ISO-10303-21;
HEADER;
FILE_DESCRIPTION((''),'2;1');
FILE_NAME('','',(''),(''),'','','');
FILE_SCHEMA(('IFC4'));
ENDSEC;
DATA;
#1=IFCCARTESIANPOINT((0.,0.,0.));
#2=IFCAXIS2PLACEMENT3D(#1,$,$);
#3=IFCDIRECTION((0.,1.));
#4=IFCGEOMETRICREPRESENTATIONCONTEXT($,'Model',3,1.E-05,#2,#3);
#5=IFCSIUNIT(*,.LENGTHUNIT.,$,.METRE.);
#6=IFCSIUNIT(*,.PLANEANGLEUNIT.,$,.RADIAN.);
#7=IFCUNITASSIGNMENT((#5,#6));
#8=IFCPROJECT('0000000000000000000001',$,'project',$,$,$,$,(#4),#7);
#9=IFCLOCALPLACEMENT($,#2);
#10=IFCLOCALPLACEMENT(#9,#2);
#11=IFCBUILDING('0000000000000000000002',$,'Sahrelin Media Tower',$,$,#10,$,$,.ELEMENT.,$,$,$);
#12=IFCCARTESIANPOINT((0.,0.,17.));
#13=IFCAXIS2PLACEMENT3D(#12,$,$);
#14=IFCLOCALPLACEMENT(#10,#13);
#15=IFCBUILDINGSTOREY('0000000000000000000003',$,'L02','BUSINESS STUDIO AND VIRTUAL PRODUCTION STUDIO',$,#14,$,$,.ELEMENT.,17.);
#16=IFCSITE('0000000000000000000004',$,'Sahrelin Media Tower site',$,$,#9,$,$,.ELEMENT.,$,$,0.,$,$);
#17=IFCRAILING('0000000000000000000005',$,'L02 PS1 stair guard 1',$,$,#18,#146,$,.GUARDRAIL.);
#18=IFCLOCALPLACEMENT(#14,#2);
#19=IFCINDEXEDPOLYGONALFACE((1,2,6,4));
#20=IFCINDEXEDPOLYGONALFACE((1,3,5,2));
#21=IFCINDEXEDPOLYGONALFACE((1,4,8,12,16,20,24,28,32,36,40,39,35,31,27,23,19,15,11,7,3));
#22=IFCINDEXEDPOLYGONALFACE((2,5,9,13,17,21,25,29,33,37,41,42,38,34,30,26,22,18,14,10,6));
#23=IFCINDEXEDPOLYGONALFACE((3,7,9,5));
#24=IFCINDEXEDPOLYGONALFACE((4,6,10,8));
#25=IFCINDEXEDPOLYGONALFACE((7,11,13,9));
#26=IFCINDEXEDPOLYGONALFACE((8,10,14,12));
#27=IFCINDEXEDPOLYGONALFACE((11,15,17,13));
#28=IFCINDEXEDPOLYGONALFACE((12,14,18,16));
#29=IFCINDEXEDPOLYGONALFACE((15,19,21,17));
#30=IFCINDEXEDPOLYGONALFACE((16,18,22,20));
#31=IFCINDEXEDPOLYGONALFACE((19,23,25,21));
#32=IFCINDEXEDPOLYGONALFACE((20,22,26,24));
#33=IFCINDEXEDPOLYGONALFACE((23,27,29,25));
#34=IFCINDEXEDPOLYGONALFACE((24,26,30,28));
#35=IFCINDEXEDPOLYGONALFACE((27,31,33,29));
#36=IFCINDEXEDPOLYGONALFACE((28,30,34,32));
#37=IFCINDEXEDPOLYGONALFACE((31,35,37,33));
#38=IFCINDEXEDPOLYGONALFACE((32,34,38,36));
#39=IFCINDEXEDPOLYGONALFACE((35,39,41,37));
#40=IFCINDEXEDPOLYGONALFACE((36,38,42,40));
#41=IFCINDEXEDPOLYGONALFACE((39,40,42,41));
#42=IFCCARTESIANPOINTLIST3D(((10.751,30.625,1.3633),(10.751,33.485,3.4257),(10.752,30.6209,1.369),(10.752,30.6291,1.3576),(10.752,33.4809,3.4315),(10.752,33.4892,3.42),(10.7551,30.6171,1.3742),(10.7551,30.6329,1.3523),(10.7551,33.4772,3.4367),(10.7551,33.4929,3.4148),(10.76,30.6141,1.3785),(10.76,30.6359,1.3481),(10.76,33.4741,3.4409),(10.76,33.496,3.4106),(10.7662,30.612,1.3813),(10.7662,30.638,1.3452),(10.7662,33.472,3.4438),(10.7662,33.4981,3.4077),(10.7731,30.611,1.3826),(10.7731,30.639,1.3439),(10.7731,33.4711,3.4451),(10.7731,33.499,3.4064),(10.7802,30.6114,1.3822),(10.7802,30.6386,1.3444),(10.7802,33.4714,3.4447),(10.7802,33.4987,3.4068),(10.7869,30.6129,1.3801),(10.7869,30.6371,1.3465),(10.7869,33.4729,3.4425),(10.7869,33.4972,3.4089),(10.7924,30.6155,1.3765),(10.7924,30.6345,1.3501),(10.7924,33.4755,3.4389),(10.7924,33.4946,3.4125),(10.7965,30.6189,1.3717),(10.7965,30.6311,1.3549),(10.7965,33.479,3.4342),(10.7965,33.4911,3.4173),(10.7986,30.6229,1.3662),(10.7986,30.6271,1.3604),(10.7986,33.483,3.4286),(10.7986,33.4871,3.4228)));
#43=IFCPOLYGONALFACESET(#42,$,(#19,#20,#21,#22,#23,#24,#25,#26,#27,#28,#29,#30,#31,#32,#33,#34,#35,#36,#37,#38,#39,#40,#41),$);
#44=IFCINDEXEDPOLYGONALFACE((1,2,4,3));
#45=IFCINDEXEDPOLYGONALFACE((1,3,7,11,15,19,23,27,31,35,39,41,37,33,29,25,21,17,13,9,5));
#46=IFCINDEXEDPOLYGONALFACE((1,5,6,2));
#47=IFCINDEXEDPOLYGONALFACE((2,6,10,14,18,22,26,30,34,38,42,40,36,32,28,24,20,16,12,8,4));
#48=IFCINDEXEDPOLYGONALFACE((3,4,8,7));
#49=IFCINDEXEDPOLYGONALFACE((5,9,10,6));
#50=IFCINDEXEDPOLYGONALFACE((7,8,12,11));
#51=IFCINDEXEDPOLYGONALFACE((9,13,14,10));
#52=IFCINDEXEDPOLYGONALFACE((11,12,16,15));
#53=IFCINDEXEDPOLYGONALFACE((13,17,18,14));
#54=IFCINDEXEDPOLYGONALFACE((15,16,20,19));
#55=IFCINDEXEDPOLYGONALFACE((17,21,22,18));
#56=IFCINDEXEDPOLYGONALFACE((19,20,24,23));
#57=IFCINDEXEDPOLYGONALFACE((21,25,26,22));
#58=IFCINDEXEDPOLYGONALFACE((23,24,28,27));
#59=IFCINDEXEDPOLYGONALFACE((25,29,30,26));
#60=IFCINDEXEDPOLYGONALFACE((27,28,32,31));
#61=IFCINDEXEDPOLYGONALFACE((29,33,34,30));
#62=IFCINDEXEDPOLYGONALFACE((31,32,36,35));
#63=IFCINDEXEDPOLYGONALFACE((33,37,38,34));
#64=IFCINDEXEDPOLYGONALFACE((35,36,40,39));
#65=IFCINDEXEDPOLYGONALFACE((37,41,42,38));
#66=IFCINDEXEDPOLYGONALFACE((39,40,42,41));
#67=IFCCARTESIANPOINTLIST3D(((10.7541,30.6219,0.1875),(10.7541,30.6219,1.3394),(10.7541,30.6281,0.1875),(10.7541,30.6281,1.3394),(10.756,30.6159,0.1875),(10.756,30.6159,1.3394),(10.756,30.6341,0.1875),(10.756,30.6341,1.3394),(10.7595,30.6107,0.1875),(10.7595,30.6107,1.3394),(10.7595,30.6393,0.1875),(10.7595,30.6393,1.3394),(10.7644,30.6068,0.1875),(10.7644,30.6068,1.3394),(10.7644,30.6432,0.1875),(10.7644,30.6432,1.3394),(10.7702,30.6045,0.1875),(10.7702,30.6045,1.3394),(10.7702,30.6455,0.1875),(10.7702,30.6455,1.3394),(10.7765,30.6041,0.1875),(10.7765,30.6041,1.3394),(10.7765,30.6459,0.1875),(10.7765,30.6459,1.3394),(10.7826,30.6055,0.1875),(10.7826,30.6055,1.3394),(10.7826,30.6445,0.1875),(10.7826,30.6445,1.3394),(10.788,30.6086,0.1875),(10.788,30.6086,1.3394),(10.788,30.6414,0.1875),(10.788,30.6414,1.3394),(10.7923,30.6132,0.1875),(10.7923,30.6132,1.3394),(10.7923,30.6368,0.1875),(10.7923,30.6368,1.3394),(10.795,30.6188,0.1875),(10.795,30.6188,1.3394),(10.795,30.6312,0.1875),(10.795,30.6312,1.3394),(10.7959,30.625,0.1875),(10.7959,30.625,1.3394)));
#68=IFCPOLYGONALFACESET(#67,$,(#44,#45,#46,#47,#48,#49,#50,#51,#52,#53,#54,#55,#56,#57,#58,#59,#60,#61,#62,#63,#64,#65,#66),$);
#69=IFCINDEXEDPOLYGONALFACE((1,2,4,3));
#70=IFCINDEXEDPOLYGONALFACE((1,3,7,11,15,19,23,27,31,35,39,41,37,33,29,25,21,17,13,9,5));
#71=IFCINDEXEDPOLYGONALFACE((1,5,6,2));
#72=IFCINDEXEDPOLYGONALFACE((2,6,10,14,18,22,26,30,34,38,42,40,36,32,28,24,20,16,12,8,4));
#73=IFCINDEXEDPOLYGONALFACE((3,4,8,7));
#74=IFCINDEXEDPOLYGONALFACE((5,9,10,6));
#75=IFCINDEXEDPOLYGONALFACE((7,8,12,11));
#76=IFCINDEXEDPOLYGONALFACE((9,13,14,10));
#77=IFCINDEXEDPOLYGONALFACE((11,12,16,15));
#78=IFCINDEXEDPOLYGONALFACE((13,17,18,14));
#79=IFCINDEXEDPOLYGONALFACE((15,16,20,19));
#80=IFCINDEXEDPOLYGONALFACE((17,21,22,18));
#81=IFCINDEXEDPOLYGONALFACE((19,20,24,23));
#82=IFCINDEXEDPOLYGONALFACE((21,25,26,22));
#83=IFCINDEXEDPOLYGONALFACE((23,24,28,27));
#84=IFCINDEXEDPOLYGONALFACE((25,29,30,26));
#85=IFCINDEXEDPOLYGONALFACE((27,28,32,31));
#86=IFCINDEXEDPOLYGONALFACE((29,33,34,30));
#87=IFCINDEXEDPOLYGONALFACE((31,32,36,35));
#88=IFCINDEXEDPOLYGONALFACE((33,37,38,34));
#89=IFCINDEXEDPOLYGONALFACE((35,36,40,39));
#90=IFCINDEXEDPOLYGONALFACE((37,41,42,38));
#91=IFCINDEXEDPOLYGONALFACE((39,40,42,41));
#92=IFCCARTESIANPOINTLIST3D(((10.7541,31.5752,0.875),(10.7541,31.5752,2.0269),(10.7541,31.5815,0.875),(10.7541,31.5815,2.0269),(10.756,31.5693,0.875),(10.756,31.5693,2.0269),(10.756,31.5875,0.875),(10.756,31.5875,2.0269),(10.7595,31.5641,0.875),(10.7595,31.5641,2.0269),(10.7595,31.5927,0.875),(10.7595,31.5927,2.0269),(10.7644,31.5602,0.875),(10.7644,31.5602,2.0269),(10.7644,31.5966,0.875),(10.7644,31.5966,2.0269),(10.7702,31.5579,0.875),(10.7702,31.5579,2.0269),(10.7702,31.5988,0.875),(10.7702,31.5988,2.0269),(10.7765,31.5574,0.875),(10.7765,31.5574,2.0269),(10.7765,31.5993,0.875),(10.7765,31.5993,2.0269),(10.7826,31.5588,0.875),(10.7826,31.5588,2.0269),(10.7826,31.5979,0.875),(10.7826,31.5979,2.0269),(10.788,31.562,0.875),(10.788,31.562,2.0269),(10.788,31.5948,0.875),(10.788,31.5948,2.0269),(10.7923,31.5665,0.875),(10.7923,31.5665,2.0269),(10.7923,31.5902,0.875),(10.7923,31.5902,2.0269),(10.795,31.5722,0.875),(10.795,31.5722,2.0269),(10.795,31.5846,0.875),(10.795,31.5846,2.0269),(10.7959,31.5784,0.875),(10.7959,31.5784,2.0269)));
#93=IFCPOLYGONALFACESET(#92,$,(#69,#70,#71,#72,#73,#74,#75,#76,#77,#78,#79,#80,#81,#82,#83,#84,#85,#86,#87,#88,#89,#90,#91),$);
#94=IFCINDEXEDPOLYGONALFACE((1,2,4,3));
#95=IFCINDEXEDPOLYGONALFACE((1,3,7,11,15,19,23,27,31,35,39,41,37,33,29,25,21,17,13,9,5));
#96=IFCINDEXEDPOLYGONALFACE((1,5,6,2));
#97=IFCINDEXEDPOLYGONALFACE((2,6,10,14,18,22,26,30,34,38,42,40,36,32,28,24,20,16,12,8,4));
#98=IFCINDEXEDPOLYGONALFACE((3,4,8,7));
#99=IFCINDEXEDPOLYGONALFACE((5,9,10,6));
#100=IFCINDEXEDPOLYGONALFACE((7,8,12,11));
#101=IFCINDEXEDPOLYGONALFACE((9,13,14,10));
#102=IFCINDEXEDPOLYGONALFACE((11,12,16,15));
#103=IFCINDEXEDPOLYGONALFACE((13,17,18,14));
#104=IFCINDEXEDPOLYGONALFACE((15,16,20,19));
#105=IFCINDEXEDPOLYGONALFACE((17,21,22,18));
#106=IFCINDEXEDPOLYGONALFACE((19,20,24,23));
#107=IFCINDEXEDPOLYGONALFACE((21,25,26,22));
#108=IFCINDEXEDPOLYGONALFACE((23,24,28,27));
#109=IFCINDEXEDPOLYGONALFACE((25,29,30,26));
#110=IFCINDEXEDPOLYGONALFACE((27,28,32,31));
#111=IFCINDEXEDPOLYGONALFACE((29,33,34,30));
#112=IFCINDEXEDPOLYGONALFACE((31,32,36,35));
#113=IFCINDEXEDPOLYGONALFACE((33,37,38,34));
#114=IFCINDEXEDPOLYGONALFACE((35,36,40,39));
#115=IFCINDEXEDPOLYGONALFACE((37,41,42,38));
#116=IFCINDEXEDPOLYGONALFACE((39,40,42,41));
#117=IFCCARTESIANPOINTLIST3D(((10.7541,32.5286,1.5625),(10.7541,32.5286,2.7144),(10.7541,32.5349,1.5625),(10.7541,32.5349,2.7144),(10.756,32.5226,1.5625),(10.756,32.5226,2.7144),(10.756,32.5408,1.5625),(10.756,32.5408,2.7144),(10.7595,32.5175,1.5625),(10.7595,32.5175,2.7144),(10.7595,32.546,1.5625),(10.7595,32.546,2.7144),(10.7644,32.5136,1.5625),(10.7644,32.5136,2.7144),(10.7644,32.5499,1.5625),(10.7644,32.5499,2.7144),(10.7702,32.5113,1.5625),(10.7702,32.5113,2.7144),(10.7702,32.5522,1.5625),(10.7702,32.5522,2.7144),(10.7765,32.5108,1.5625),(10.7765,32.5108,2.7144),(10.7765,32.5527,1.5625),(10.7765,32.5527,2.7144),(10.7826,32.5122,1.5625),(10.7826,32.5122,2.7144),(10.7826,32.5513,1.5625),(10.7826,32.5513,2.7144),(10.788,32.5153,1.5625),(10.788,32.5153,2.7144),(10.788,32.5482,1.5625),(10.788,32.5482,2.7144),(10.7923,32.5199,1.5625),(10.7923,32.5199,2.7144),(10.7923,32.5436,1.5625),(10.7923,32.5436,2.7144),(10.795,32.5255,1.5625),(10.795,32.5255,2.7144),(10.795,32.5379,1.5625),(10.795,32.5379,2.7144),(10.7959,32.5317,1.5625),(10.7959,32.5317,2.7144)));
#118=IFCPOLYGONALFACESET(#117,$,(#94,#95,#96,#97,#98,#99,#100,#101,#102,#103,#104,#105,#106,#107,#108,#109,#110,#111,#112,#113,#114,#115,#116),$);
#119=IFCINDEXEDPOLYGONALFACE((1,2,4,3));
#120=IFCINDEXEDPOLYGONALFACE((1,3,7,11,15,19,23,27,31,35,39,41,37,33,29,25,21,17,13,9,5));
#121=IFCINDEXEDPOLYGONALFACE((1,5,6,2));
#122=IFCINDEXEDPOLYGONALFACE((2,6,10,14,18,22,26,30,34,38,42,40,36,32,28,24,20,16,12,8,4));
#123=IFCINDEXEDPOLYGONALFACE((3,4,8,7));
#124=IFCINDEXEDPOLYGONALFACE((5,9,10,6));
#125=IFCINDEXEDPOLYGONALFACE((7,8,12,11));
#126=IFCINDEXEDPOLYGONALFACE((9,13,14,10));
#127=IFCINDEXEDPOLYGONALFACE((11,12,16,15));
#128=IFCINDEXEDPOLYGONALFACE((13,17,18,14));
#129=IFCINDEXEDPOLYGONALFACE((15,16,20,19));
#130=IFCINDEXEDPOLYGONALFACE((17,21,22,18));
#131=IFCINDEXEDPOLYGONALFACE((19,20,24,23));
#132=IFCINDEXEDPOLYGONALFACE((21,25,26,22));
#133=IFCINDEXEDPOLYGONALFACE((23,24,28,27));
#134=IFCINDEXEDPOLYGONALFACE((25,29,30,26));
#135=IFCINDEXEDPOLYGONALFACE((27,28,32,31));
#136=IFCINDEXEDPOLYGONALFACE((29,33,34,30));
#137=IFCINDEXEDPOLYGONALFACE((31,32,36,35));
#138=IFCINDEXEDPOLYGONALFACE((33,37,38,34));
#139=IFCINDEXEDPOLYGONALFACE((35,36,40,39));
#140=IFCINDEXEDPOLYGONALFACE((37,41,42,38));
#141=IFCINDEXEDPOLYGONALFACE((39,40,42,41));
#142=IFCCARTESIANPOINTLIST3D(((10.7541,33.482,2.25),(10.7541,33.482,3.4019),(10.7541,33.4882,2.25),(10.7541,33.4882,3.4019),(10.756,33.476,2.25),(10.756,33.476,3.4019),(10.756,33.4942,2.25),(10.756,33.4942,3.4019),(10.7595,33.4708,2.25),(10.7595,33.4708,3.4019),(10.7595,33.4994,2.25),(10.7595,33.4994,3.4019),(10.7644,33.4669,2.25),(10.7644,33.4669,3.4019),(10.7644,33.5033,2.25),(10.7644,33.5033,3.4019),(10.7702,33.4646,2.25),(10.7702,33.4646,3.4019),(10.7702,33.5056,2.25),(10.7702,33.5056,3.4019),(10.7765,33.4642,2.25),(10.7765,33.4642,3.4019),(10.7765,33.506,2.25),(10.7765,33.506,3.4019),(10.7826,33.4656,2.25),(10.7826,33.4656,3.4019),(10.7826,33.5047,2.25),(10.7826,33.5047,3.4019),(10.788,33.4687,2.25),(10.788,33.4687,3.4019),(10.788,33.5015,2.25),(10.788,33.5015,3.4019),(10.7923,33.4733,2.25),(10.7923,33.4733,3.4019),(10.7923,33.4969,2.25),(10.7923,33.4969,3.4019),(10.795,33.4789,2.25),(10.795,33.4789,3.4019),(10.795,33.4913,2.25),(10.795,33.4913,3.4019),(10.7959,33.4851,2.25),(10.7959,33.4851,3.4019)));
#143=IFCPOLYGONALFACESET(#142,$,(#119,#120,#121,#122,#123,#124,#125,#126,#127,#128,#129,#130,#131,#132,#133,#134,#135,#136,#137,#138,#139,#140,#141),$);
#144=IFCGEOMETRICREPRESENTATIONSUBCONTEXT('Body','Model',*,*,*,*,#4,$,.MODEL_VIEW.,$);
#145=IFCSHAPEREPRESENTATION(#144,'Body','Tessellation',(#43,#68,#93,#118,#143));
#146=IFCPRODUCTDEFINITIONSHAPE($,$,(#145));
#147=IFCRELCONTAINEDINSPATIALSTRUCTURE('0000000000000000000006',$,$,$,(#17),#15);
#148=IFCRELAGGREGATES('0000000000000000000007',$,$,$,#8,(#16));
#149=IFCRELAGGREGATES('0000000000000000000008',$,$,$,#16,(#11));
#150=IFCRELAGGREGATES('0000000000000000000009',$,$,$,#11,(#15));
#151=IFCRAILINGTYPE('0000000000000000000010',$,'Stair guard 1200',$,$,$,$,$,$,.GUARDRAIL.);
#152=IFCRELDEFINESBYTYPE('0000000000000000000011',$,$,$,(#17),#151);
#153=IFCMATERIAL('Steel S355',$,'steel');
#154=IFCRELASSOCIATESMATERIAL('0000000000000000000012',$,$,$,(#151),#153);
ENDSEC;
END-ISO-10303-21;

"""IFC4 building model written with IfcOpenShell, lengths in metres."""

from ifc_helpers import new_model, si_unit, direction, frame, origin, origin_2d, place, context, subcontext, project, spatial, circle, extrude, material, type_object, element, save


model = new_model("IFC4")

# Units and contexts
model_context = context("Model", 3, precision=1e-05, world=origin(), true_north=direction((0.0, 1.0)))
body_context = subcontext(model_context, "Body", "Model", "MODEL_VIEW")
ifc_project = project(units=[si_unit("LENGTHUNIT", "METRE"), si_unit("PLANEANGLEUNIT", "RADIAN")], contexts=[model_context])

# Site, building, storey
site_placement = place(None, origin())
site = spatial("IfcSite", under=ifc_project, at=site_placement, Name="Sahrelin Media Tower site", CompositionType="ELEMENT", RefElevation=0.0)
building_placement = place(site_placement, origin())
building = spatial("IfcBuilding", under=site, at=building_placement, Name="Sahrelin Media Tower", CompositionType="ELEMENT")
storey_placement = place(building_placement, frame((0.0, 0.0, 17.0)))
storey = spatial("IfcBuildingStorey", under=building, at=storey_placement, Name="L02", Description="BUSINESS STUDIO AND VIRTUAL PRODUCTION STUDIO", CompositionType="ELEMENT", Elevation=17.0)

# Shared definitions
ifc_material_1 = material(Name="Steel S355", Category="steel")

# Railing
railing_type_1 = type_object("IfcRailingType", Name="Stair guard 1200", PredefinedType="GUARDRAIL", material=ifc_material_1)
railing_1_placement = place(storey_placement, frame((10.7749, 30.625, 0.1875)))
element("IfcRailing", 1, at=railing_1_placement, inside=storey, type_object=railing_type_1, Name="L02 PS1 stair guard 1", PredefinedType="GUARDRAIL", context=body_context, shape_type="SweptSolid", body=[
    extrude(circle(Radius=0.0239, at=origin_2d()), frame((0.0, 0.0, 1.1758), z_axis=(0.0, 0.811101, 0.584906), x_axis=(-1.0, 0.0, 0.0)), (0.0, 0.0, 1.0), 3.5261),
    extrude(circle(Radius=0.021, at=origin_2d()), origin(), (0.0, 0.0, 1.0), 1.1519),
    extrude(circle(Radius=0.021, at=origin_2d()), frame((0.0, 0.9534, 0.6875)), (0.0, 0.0, 1.0), 1.1519),
    extrude(circle(Radius=0.021, at=origin_2d()), frame((0.0, 1.9067, 1.375)), (0.0, 0.0, 1.0), 1.1519),
    extrude(circle(Radius=0.021, at=origin_2d()), frame((0.0, 2.8601, 2.0625)), (0.0, 0.0, 1.0), 1.1519),
])

save(model, "model.ifc")
